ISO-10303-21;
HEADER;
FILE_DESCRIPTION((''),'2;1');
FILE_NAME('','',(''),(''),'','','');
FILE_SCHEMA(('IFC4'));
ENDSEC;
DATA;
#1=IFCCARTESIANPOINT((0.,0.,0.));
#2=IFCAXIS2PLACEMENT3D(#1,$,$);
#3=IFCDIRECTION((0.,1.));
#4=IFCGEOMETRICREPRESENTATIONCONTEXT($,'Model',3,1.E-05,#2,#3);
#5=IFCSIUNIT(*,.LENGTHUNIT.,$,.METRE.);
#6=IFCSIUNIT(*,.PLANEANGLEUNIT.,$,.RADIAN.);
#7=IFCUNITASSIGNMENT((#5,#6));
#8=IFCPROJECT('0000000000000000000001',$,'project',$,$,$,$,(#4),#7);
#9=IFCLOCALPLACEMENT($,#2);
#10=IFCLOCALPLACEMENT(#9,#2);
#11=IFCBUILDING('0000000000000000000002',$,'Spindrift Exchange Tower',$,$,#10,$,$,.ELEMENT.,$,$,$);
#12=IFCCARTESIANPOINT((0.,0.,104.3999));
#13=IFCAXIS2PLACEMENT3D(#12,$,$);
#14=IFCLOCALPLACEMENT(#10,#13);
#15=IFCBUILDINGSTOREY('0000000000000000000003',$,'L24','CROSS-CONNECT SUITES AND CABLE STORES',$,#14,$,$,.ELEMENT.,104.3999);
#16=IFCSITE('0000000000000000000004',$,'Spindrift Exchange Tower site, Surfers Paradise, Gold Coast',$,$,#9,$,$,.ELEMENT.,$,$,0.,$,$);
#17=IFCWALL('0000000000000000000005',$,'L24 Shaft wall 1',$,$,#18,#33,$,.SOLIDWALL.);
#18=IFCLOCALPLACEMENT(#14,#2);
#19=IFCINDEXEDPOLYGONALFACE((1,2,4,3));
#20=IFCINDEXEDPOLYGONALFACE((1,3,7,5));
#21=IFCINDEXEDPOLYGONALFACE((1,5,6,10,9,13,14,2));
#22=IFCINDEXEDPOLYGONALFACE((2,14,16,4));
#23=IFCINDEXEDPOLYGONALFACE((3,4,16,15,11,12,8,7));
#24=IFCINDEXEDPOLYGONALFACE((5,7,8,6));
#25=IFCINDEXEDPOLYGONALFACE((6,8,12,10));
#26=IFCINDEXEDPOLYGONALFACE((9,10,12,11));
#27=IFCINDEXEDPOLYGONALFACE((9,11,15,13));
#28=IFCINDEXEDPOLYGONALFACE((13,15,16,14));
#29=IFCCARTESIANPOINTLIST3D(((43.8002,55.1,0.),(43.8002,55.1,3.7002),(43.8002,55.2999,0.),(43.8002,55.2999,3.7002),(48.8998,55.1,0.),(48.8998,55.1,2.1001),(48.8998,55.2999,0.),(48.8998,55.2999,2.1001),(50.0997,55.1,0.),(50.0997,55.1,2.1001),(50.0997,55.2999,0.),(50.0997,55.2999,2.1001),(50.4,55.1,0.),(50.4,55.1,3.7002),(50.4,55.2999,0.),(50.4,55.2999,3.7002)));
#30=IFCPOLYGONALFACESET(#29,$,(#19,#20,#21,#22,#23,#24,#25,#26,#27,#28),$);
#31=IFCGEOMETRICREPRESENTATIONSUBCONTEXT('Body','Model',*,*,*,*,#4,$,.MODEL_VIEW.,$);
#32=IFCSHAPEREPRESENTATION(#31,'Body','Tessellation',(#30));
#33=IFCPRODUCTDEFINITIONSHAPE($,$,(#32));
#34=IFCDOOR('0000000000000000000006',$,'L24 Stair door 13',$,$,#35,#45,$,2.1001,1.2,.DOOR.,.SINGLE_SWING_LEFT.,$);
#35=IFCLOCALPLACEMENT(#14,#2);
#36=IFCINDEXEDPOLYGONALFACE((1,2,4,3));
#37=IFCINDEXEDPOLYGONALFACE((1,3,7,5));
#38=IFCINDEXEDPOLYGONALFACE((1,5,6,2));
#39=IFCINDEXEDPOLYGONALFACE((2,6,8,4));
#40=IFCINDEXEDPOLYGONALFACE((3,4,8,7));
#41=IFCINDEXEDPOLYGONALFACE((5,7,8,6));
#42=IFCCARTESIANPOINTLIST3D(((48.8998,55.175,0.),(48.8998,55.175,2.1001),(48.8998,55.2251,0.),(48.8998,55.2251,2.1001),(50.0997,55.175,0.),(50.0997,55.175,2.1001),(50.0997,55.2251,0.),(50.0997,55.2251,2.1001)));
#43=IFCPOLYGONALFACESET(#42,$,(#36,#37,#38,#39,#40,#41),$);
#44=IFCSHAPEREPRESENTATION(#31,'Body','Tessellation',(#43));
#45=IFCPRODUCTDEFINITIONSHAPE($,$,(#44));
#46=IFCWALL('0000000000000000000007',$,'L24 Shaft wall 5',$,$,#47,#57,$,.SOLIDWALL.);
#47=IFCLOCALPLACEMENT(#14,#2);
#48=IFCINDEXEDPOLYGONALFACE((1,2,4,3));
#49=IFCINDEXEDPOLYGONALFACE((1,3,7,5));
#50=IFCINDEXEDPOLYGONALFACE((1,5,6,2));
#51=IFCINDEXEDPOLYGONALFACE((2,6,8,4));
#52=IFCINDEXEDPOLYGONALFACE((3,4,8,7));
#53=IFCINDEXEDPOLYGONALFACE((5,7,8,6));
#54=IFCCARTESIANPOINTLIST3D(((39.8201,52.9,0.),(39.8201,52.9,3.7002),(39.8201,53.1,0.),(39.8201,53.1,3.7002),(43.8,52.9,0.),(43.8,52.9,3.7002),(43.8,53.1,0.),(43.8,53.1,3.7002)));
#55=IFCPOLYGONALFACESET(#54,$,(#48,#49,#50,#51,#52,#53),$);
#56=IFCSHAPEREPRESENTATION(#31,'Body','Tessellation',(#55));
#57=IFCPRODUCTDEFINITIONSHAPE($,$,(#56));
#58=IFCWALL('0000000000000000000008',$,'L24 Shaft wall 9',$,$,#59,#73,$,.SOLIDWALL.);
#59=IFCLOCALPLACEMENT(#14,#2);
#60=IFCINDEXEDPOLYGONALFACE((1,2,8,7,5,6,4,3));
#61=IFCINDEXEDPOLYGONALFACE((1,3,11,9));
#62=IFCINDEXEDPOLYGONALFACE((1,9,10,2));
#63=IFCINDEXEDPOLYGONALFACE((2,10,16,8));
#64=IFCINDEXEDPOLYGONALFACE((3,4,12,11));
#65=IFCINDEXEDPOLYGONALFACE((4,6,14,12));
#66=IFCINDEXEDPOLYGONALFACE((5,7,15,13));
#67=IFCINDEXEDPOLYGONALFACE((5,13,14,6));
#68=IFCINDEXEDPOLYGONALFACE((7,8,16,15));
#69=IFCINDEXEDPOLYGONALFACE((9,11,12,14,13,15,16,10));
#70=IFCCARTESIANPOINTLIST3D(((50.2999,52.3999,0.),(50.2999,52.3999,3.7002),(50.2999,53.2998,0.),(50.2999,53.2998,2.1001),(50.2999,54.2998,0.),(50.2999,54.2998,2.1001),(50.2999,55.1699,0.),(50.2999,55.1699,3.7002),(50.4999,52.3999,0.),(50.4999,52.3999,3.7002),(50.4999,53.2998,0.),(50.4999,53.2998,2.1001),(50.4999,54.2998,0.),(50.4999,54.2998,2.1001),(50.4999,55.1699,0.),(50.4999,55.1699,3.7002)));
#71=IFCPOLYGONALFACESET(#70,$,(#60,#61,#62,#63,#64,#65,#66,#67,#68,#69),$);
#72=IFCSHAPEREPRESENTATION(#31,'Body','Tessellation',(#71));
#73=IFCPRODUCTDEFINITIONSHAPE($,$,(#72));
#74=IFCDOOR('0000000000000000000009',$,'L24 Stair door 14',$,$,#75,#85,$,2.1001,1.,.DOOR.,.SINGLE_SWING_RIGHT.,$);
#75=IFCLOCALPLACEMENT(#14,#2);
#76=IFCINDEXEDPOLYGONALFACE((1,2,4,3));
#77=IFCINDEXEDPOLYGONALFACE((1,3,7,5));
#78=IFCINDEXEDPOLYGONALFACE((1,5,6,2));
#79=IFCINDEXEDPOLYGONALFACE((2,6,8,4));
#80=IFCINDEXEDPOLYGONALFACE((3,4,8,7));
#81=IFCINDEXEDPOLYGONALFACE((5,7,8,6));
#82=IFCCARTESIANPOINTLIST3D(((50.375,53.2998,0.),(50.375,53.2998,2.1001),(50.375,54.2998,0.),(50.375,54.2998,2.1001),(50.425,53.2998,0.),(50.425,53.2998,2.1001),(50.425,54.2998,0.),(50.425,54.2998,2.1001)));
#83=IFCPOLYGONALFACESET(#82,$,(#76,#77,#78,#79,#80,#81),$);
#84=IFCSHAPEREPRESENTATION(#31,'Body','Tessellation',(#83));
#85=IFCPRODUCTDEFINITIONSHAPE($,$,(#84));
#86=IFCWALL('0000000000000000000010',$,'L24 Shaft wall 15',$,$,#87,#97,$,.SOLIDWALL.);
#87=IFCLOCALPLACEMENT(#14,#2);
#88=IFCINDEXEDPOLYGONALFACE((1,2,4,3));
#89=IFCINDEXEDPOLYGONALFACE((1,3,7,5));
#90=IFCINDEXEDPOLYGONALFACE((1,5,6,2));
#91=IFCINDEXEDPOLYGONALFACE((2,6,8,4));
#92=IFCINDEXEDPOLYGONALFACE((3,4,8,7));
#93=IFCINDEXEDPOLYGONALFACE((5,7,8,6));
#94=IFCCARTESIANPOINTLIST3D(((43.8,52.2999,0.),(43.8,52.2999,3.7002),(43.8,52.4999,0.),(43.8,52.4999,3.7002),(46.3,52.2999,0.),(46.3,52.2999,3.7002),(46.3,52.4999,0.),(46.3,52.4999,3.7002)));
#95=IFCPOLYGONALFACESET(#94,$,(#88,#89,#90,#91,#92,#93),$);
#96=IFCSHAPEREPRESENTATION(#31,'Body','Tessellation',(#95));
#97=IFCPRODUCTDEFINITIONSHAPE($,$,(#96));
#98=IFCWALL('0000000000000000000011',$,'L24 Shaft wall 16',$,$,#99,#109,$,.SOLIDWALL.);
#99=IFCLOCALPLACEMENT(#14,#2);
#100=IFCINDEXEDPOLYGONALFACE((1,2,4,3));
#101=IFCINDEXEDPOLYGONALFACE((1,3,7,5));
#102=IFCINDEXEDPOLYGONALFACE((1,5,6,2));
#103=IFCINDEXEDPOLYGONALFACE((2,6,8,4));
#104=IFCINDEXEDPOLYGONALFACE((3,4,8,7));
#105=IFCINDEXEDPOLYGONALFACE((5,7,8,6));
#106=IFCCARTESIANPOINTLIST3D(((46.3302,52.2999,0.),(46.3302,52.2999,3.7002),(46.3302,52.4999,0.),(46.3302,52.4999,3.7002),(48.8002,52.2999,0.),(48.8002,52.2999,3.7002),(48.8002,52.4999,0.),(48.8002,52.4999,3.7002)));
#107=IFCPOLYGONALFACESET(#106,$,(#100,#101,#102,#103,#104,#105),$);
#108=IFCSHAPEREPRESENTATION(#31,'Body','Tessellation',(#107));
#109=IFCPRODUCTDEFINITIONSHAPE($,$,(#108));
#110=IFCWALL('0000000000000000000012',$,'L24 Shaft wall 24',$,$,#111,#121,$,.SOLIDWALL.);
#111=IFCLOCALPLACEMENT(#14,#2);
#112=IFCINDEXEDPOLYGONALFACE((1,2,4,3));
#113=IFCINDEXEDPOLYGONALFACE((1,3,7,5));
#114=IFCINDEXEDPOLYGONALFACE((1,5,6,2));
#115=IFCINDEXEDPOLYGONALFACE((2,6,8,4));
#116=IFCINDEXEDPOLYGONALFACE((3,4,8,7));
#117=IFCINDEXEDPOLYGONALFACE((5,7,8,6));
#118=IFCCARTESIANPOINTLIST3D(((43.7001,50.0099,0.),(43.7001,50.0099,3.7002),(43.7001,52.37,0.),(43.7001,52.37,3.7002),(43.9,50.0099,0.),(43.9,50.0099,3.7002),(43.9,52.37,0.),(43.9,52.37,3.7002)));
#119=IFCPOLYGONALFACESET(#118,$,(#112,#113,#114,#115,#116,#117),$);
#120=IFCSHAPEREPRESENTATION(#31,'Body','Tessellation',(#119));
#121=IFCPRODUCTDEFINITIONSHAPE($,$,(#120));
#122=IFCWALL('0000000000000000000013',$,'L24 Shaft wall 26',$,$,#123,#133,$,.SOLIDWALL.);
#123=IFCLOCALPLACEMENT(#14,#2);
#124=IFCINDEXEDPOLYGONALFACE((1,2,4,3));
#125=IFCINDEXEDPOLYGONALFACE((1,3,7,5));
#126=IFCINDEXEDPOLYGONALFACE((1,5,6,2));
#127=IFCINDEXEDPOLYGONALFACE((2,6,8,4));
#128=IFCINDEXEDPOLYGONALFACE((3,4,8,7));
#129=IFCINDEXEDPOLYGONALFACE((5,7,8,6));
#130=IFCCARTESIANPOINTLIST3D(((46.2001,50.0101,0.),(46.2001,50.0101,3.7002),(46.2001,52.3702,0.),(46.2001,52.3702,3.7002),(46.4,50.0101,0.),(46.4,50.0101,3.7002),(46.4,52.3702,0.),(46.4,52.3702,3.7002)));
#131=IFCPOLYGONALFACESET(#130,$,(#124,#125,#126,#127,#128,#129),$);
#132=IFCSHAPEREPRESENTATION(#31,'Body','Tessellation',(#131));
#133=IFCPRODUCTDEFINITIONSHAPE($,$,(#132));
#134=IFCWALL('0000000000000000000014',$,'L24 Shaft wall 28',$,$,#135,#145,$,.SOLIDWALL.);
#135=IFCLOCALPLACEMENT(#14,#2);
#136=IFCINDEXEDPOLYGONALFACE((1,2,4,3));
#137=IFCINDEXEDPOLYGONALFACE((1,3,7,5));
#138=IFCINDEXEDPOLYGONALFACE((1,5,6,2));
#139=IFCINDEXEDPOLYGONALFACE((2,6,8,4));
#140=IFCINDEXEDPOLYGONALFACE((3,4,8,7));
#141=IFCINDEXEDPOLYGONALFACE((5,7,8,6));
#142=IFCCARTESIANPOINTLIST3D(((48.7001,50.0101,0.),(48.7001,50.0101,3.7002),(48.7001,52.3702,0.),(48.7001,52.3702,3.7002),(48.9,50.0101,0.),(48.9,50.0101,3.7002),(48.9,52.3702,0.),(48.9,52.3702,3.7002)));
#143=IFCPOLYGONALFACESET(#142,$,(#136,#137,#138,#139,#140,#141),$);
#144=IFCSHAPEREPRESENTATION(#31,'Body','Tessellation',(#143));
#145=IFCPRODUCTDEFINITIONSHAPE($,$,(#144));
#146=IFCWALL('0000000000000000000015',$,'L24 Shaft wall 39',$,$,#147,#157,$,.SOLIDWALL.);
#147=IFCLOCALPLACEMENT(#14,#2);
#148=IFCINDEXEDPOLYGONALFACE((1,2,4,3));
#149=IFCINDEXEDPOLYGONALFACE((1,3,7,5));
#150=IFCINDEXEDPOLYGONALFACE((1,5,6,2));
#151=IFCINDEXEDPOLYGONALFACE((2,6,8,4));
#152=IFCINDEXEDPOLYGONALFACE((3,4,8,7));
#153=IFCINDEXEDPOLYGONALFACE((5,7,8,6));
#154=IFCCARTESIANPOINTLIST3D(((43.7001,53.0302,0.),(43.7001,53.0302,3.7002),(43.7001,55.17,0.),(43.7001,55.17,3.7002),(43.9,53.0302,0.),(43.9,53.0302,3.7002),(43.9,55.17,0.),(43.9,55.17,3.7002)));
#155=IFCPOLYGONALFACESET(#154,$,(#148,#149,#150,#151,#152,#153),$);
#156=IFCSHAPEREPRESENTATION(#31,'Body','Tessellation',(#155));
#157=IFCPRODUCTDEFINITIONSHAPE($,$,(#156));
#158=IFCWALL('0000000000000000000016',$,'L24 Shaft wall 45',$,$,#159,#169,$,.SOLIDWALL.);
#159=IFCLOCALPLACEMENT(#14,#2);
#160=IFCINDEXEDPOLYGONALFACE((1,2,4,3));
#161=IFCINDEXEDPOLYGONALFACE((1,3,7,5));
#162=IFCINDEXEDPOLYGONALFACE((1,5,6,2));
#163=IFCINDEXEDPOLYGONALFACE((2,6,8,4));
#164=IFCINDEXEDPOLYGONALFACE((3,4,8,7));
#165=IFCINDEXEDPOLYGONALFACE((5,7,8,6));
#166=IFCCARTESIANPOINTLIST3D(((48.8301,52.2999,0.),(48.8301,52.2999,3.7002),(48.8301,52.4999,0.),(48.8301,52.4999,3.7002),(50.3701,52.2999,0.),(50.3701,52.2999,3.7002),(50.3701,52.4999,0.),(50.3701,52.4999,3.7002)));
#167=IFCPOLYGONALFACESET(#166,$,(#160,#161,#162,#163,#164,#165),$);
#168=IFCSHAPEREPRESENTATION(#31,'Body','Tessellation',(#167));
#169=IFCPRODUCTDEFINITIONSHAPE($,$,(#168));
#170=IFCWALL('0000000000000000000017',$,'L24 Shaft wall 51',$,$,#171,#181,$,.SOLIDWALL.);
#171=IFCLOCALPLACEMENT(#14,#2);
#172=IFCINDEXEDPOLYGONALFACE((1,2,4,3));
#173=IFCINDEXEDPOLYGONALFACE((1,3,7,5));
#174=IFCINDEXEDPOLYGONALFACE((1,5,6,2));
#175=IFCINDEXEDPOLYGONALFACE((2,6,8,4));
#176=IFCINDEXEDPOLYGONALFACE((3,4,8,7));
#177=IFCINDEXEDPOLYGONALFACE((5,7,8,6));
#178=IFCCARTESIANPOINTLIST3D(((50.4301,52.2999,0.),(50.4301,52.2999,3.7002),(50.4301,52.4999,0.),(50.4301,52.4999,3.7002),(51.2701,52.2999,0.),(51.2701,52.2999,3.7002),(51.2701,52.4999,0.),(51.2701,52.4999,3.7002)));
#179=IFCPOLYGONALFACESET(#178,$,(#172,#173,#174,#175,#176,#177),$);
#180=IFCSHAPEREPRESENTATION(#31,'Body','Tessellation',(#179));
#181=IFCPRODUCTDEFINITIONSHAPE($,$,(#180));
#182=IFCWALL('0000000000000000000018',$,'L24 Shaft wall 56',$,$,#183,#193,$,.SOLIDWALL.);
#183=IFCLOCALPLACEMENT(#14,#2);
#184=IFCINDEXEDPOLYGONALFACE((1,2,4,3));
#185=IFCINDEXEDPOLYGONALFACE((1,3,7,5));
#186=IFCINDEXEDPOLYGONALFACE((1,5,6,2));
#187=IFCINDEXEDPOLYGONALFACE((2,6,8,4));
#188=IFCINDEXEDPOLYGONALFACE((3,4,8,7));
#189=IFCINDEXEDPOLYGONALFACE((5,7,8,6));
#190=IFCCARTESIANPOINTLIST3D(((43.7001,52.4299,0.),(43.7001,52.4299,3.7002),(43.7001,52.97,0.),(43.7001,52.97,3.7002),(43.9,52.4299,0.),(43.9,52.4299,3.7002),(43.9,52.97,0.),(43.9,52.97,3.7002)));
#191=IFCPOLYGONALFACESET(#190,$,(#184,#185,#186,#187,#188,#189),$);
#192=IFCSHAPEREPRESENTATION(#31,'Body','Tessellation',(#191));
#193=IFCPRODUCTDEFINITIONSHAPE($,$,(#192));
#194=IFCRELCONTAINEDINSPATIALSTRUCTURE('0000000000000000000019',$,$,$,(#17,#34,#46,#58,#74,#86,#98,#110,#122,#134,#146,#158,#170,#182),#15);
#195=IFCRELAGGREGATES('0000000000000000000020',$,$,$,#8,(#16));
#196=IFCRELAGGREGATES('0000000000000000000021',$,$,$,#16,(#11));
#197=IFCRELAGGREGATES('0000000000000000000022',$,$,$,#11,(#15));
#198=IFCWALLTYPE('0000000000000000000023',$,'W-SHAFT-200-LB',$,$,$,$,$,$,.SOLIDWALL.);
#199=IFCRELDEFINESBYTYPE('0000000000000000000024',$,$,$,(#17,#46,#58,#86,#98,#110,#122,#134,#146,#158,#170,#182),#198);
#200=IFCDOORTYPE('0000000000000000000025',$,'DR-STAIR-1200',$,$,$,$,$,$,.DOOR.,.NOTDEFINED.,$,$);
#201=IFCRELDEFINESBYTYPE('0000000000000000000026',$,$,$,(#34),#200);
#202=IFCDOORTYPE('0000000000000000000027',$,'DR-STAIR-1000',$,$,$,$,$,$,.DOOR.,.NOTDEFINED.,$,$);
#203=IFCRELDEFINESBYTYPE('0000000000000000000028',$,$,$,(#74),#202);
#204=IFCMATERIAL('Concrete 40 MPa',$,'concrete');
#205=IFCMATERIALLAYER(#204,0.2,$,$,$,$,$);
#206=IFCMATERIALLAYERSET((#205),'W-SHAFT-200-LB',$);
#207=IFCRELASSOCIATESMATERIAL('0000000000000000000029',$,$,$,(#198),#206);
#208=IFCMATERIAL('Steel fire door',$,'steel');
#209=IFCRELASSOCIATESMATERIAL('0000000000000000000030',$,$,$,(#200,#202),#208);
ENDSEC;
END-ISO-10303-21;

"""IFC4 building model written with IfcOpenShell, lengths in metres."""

from ifc_helpers import new_model, si_unit, direction, frame, frame_2d, origin, place, context, subcontext, project, spatial, rectangle, extrude, source, transform, mapped, material, layer, layer_set, type_object, element, fill, save


model = new_model("IFC4")

# Units and contexts
model_context = context("Model", 3, precision=1e-05, world=origin(), true_north=direction((0.0, 1.0)))
body_context = subcontext(model_context, "Body", "Model", "MODEL_VIEW")
ifc_project = project(units=[si_unit("LENGTHUNIT", "METRE"), si_unit("PLANEANGLEUNIT", "RADIAN")], contexts=[model_context])

# Site, building, storey
site_placement = place(None, origin())
site = spatial("IfcSite", under=ifc_project, at=site_placement, Name="Spindrift Exchange Tower site, Surfers Paradise, Gold Coast", CompositionType="ELEMENT", RefElevation=0.0)
building_placement = place(site_placement, origin())
building = spatial("IfcBuilding", under=site, at=building_placement, Name="Spindrift Exchange Tower", CompositionType="ELEMENT")
storey_placement = place(building_placement, frame((0.0, 0.0, 104.3999)))
storey = spatial("IfcBuildingStorey", under=building, at=storey_placement, Name="L24", Description="CROSS-CONNECT SUITES AND CABLE STORES", CompositionType="ELEMENT", Elevation=104.3999)

# Shared definitions
ifc_material_1 = material(Name="Concrete 40 MPa", Category="concrete")

# Wall, opening, door
ifc_layer_1 = layer(ifc_material_1, 0.2)
ifc_layer_set_1 = layer_set([ifc_layer_1], Name="W-SHAFT-200-LB")
wall_type_1 = type_object("IfcWallType", Name="W-SHAFT-200-LB", PredefinedType="SOLIDWALL", material=ifc_layer_set_1)
wall_1_placement = place(storey_placement, frame((50.3999, 55.2, 0.0), z_axis=(0.0, 0.0, 1.0), x_axis=(-1.0, 0.0, 0.0)))
wall_1 = element("IfcWall", 1, at=wall_1_placement, inside=storey, type_object=wall_type_1, Name="L24 Shaft wall 1", PredefinedType="SOLIDWALL", context=body_context, shape_type="SweptSolid", body=[
    extrude(rectangle(XDim=6.5999, YDim=0.2, at=frame_2d((3.2998, 0.0))), origin(), (0.0, 0.0, 1.0), 3.7002),
])
opening_1_placement = place(wall_1_placement, frame((0.3, 0.0, 0.0)))
opening_1 = element("IfcOpeningElement", 2, at=opening_1_placement, cuts=wall_1, PredefinedType="OPENING", context=body_context, shape_type="SweptSolid", body=[
    extrude(rectangle(XDim=1.2, YDim=2.1001, at=frame_2d((0.6001, 1.05))), frame((0.0, 0.1099, 0.0), z_axis=(0.0, -1.0, 0.0), x_axis=(1.0, 0.0, 0.0)), (0.0, 0.0, 1.0), 0.22),
])
ifc_material_2 = material(Name="Steel fire door", Category="steel")
door_type_1 = type_object("IfcDoorType", Name="DR-STAIR-1200", OperationType="NOTDEFINED", PredefinedType="DOOR", material=ifc_material_2)
shared_shape_1 = source(origin(), body_context, "Body", "SweptSolid", [
    extrude(rectangle(XDim=1.2, YDim=2.1001, at=frame_2d((0.6001, 1.05))), frame((0.0, 0.0249, 0.0), z_axis=(0.0, -1.0, 0.0), x_axis=(1.0, 0.0, 0.0)), (0.0, 0.0, 1.0), 0.05),
])
door_1_placement = place(opening_1_placement, origin())
door_1 = element("IfcDoor", 3, at=door_1_placement, inside=storey, type_object=door_type_1, Name="L24 Stair door 13", OperationType="SINGLE_SWING_LEFT", OverallHeight=2.1001, OverallWidth=1.2, PredefinedType="DOOR", context=body_context, shape_type="MappedRepresentation", body=[
    mapped(shared_shape_1, transform((0.0, 0.0, 0.0), scale=1.0)),
])
fill(opening_1, door_1)

# Wall
wall_2_placement = place(storey_placement, frame((43.8, 53.0, 0.0), z_axis=(0.0, 0.0, 1.0), x_axis=(-1.0, 0.0, 0.0)))
element("IfcWall", 4, at=wall_2_placement, inside=storey, type_object=wall_type_1, Name="L24 Shaft wall 5", PredefinedType="SOLIDWALL", context=body_context, shape_type="SweptSolid", body=[
    extrude(rectangle(XDim=3.98, YDim=0.2, at=frame_2d((1.99, 0.0))), origin(), (0.0, 0.0, 1.0), 3.7002),
])

# Wall, opening, door
wall_3_placement = place(storey_placement, frame((50.3999, 52.3999, 0.0), z_axis=(0.0, 0.0, 1.0), x_axis=(0.0, 1.0, 0.0)))
wall_3 = element("IfcWall", 5, at=wall_3_placement, inside=storey, type_object=wall_type_1, Name="L24 Shaft wall 9", PredefinedType="SOLIDWALL", context=body_context, shape_type="SweptSolid", body=[
    extrude(rectangle(XDim=2.77, YDim=0.2, at=frame_2d((1.385, 0.0))), origin(), (0.0, 0.0, 1.0), 3.7002),
])
opening_2_placement = place(wall_3_placement, frame((0.8999, 0.0, 0.0)))
opening_2 = element("IfcOpeningElement", 6, at=opening_2_placement, cuts=wall_3, PredefinedType="OPENING", context=body_context, shape_type="SweptSolid", body=[
    extrude(rectangle(XDim=1.0, YDim=2.1001, at=frame_2d((0.5, 1.05))), frame((0.0, 0.1099, 0.0), z_axis=(0.0, -1.0, 0.0), x_axis=(1.0, 0.0, 0.0)), (0.0, 0.0, 1.0), 0.22),
])
door_type_2 = type_object("IfcDoorType", Name="DR-STAIR-1000", OperationType="NOTDEFINED", PredefinedType="DOOR", material=ifc_material_2)
shared_shape_2 = source(origin(), body_context, "Body", "SweptSolid", [
    extrude(rectangle(XDim=1.0, YDim=2.1001, at=frame_2d((0.5, 1.05))), frame((0.0, 0.0249, 0.0), z_axis=(0.0, -1.0, 0.0), x_axis=(1.0, 0.0, 0.0)), (0.0, 0.0, 1.0), 0.05),
])
door_2_placement = place(opening_2_placement, origin())
door_2 = element("IfcDoor", 7, at=door_2_placement, inside=storey, type_object=door_type_2, Name="L24 Stair door 14", OperationType="SINGLE_SWING_RIGHT", OverallHeight=2.1001, OverallWidth=1.0, PredefinedType="DOOR", context=body_context, shape_type="MappedRepresentation", body=[
    mapped(shared_shape_2, transform((0.0, 0.0, 0.0), scale=1.0)),
])
fill(opening_2, door_2)

# Walls
wall_4_placement = place(storey_placement, frame((46.3, 52.3999, 0.0), z_axis=(0.0, 0.0, 1.0), x_axis=(-1.0, 0.0, 0.0)))
element("IfcWall", 8, at=wall_4_placement, inside=storey, type_object=wall_type_1, Name="L24 Shaft wall 15", PredefinedType="SOLIDWALL", context=body_context, shape_type="SweptSolid", body=[
    extrude(rectangle(XDim=2.5, YDim=0.2, at=frame_2d((1.25, 0.0))), origin(), (0.0, 0.0, 1.0), 3.7002),
])
wall_5_placement = place(storey_placement, frame((48.8, 52.3999, 0.0), z_axis=(0.0, 0.0, 1.0), x_axis=(-1.0, 0.0, 0.0)))
element("IfcWall", 9, at=wall_5_placement, inside=storey, type_object=wall_type_1, Name="L24 Shaft wall 16", PredefinedType="SOLIDWALL", context=body_context, shape_type="SweptSolid", body=[
    extrude(rectangle(XDim=2.47, YDim=0.2, at=frame_2d((1.2349, 0.0))), origin(), (0.0, 0.0, 1.0), 3.7002),
])
for number, where, z_axis, x_axis, name in (
    (10, (43.8, 52.3701, 0.0), (0.0, 0.0, 1.0), (0.0, -1.0, 0.0), "L24 Shaft wall 24"),
    (11, (46.3, 50.01, 0.0), (0.0, 0.0, 1.0), (0.0, 1.0, 0.0), "L24 Shaft wall 26"),
    (12, (48.8, 50.01, 0.0), (0.0, 0.0, 1.0), (0.0, 1.0, 0.0), "L24 Shaft wall 28"),
):
    element("IfcWall", number, at=place(storey_placement, frame(where, z_axis=z_axis, x_axis=x_axis)), inside=storey, type_object=wall_type_1, Name=name, PredefinedType="SOLIDWALL", context=body_context, shape_type="SweptSolid", body=[
        extrude(rectangle(XDim=2.3601, YDim=0.2, at=frame_2d((1.1802, 0.0))), origin(), (0.0, 0.0, 1.0), 3.7002),
    ])
wall_6_placement = place(storey_placement, frame((43.8, 55.1699, 0.0), z_axis=(0.0, 0.0, 1.0), x_axis=(0.0, -1.0, 0.0)))
element("IfcWall", 13, at=wall_6_placement, inside=storey, type_object=wall_type_1, Name="L24 Shaft wall 39", PredefinedType="SOLIDWALL", context=body_context, shape_type="SweptSolid", body=[
    extrude(rectangle(XDim=2.1399, YDim=0.2, at=frame_2d((1.0698, 0.0))), origin(), (0.0, 0.0, 1.0), 3.7002),
])
wall_7_placement = place(storey_placement, frame((50.3701, 52.3999, 0.0), z_axis=(0.0, 0.0, 1.0), x_axis=(-1.0, 0.0, 0.0)))
element("IfcWall", 14, at=wall_7_placement, inside=storey, type_object=wall_type_1, Name="L24 Shaft wall 45", PredefinedType="SOLIDWALL", context=body_context, shape_type="SweptSolid", body=[
    extrude(rectangle(XDim=1.54, YDim=0.2, at=frame_2d((0.77, 0.0))), origin(), (0.0, 0.0, 1.0), 3.7002),
])
wall_8_placement = place(storey_placement, frame((51.27, 52.3999, 0.0), z_axis=(0.0, 0.0, 1.0), x_axis=(-1.0, 0.0, 0.0)))
element("IfcWall", 15, at=wall_8_placement, inside=storey, type_object=wall_type_1, Name="L24 Shaft wall 51", PredefinedType="SOLIDWALL", context=body_context, shape_type="SweptSolid", body=[
    extrude(rectangle(XDim=0.8401, YDim=0.2, at=frame_2d((0.4199, 0.0))), origin(), (0.0, 0.0, 1.0), 3.7002),
])
wall_9_placement = place(storey_placement, frame((43.8, 52.4299, 0.0), z_axis=(0.0, 0.0, 1.0), x_axis=(0.0, 1.0, 0.0)))
element("IfcWall", 16, at=wall_9_placement, inside=storey, type_object=wall_type_1, Name="L24 Shaft wall 56", PredefinedType="SOLIDWALL", context=body_context, shape_type="SweptSolid", body=[
    extrude(rectangle(XDim=0.54, YDim=0.2, at=frame_2d((0.27, 0.0))), origin(), (0.0, 0.0, 1.0), 3.7002),
])

save(model, "model.ifc")
